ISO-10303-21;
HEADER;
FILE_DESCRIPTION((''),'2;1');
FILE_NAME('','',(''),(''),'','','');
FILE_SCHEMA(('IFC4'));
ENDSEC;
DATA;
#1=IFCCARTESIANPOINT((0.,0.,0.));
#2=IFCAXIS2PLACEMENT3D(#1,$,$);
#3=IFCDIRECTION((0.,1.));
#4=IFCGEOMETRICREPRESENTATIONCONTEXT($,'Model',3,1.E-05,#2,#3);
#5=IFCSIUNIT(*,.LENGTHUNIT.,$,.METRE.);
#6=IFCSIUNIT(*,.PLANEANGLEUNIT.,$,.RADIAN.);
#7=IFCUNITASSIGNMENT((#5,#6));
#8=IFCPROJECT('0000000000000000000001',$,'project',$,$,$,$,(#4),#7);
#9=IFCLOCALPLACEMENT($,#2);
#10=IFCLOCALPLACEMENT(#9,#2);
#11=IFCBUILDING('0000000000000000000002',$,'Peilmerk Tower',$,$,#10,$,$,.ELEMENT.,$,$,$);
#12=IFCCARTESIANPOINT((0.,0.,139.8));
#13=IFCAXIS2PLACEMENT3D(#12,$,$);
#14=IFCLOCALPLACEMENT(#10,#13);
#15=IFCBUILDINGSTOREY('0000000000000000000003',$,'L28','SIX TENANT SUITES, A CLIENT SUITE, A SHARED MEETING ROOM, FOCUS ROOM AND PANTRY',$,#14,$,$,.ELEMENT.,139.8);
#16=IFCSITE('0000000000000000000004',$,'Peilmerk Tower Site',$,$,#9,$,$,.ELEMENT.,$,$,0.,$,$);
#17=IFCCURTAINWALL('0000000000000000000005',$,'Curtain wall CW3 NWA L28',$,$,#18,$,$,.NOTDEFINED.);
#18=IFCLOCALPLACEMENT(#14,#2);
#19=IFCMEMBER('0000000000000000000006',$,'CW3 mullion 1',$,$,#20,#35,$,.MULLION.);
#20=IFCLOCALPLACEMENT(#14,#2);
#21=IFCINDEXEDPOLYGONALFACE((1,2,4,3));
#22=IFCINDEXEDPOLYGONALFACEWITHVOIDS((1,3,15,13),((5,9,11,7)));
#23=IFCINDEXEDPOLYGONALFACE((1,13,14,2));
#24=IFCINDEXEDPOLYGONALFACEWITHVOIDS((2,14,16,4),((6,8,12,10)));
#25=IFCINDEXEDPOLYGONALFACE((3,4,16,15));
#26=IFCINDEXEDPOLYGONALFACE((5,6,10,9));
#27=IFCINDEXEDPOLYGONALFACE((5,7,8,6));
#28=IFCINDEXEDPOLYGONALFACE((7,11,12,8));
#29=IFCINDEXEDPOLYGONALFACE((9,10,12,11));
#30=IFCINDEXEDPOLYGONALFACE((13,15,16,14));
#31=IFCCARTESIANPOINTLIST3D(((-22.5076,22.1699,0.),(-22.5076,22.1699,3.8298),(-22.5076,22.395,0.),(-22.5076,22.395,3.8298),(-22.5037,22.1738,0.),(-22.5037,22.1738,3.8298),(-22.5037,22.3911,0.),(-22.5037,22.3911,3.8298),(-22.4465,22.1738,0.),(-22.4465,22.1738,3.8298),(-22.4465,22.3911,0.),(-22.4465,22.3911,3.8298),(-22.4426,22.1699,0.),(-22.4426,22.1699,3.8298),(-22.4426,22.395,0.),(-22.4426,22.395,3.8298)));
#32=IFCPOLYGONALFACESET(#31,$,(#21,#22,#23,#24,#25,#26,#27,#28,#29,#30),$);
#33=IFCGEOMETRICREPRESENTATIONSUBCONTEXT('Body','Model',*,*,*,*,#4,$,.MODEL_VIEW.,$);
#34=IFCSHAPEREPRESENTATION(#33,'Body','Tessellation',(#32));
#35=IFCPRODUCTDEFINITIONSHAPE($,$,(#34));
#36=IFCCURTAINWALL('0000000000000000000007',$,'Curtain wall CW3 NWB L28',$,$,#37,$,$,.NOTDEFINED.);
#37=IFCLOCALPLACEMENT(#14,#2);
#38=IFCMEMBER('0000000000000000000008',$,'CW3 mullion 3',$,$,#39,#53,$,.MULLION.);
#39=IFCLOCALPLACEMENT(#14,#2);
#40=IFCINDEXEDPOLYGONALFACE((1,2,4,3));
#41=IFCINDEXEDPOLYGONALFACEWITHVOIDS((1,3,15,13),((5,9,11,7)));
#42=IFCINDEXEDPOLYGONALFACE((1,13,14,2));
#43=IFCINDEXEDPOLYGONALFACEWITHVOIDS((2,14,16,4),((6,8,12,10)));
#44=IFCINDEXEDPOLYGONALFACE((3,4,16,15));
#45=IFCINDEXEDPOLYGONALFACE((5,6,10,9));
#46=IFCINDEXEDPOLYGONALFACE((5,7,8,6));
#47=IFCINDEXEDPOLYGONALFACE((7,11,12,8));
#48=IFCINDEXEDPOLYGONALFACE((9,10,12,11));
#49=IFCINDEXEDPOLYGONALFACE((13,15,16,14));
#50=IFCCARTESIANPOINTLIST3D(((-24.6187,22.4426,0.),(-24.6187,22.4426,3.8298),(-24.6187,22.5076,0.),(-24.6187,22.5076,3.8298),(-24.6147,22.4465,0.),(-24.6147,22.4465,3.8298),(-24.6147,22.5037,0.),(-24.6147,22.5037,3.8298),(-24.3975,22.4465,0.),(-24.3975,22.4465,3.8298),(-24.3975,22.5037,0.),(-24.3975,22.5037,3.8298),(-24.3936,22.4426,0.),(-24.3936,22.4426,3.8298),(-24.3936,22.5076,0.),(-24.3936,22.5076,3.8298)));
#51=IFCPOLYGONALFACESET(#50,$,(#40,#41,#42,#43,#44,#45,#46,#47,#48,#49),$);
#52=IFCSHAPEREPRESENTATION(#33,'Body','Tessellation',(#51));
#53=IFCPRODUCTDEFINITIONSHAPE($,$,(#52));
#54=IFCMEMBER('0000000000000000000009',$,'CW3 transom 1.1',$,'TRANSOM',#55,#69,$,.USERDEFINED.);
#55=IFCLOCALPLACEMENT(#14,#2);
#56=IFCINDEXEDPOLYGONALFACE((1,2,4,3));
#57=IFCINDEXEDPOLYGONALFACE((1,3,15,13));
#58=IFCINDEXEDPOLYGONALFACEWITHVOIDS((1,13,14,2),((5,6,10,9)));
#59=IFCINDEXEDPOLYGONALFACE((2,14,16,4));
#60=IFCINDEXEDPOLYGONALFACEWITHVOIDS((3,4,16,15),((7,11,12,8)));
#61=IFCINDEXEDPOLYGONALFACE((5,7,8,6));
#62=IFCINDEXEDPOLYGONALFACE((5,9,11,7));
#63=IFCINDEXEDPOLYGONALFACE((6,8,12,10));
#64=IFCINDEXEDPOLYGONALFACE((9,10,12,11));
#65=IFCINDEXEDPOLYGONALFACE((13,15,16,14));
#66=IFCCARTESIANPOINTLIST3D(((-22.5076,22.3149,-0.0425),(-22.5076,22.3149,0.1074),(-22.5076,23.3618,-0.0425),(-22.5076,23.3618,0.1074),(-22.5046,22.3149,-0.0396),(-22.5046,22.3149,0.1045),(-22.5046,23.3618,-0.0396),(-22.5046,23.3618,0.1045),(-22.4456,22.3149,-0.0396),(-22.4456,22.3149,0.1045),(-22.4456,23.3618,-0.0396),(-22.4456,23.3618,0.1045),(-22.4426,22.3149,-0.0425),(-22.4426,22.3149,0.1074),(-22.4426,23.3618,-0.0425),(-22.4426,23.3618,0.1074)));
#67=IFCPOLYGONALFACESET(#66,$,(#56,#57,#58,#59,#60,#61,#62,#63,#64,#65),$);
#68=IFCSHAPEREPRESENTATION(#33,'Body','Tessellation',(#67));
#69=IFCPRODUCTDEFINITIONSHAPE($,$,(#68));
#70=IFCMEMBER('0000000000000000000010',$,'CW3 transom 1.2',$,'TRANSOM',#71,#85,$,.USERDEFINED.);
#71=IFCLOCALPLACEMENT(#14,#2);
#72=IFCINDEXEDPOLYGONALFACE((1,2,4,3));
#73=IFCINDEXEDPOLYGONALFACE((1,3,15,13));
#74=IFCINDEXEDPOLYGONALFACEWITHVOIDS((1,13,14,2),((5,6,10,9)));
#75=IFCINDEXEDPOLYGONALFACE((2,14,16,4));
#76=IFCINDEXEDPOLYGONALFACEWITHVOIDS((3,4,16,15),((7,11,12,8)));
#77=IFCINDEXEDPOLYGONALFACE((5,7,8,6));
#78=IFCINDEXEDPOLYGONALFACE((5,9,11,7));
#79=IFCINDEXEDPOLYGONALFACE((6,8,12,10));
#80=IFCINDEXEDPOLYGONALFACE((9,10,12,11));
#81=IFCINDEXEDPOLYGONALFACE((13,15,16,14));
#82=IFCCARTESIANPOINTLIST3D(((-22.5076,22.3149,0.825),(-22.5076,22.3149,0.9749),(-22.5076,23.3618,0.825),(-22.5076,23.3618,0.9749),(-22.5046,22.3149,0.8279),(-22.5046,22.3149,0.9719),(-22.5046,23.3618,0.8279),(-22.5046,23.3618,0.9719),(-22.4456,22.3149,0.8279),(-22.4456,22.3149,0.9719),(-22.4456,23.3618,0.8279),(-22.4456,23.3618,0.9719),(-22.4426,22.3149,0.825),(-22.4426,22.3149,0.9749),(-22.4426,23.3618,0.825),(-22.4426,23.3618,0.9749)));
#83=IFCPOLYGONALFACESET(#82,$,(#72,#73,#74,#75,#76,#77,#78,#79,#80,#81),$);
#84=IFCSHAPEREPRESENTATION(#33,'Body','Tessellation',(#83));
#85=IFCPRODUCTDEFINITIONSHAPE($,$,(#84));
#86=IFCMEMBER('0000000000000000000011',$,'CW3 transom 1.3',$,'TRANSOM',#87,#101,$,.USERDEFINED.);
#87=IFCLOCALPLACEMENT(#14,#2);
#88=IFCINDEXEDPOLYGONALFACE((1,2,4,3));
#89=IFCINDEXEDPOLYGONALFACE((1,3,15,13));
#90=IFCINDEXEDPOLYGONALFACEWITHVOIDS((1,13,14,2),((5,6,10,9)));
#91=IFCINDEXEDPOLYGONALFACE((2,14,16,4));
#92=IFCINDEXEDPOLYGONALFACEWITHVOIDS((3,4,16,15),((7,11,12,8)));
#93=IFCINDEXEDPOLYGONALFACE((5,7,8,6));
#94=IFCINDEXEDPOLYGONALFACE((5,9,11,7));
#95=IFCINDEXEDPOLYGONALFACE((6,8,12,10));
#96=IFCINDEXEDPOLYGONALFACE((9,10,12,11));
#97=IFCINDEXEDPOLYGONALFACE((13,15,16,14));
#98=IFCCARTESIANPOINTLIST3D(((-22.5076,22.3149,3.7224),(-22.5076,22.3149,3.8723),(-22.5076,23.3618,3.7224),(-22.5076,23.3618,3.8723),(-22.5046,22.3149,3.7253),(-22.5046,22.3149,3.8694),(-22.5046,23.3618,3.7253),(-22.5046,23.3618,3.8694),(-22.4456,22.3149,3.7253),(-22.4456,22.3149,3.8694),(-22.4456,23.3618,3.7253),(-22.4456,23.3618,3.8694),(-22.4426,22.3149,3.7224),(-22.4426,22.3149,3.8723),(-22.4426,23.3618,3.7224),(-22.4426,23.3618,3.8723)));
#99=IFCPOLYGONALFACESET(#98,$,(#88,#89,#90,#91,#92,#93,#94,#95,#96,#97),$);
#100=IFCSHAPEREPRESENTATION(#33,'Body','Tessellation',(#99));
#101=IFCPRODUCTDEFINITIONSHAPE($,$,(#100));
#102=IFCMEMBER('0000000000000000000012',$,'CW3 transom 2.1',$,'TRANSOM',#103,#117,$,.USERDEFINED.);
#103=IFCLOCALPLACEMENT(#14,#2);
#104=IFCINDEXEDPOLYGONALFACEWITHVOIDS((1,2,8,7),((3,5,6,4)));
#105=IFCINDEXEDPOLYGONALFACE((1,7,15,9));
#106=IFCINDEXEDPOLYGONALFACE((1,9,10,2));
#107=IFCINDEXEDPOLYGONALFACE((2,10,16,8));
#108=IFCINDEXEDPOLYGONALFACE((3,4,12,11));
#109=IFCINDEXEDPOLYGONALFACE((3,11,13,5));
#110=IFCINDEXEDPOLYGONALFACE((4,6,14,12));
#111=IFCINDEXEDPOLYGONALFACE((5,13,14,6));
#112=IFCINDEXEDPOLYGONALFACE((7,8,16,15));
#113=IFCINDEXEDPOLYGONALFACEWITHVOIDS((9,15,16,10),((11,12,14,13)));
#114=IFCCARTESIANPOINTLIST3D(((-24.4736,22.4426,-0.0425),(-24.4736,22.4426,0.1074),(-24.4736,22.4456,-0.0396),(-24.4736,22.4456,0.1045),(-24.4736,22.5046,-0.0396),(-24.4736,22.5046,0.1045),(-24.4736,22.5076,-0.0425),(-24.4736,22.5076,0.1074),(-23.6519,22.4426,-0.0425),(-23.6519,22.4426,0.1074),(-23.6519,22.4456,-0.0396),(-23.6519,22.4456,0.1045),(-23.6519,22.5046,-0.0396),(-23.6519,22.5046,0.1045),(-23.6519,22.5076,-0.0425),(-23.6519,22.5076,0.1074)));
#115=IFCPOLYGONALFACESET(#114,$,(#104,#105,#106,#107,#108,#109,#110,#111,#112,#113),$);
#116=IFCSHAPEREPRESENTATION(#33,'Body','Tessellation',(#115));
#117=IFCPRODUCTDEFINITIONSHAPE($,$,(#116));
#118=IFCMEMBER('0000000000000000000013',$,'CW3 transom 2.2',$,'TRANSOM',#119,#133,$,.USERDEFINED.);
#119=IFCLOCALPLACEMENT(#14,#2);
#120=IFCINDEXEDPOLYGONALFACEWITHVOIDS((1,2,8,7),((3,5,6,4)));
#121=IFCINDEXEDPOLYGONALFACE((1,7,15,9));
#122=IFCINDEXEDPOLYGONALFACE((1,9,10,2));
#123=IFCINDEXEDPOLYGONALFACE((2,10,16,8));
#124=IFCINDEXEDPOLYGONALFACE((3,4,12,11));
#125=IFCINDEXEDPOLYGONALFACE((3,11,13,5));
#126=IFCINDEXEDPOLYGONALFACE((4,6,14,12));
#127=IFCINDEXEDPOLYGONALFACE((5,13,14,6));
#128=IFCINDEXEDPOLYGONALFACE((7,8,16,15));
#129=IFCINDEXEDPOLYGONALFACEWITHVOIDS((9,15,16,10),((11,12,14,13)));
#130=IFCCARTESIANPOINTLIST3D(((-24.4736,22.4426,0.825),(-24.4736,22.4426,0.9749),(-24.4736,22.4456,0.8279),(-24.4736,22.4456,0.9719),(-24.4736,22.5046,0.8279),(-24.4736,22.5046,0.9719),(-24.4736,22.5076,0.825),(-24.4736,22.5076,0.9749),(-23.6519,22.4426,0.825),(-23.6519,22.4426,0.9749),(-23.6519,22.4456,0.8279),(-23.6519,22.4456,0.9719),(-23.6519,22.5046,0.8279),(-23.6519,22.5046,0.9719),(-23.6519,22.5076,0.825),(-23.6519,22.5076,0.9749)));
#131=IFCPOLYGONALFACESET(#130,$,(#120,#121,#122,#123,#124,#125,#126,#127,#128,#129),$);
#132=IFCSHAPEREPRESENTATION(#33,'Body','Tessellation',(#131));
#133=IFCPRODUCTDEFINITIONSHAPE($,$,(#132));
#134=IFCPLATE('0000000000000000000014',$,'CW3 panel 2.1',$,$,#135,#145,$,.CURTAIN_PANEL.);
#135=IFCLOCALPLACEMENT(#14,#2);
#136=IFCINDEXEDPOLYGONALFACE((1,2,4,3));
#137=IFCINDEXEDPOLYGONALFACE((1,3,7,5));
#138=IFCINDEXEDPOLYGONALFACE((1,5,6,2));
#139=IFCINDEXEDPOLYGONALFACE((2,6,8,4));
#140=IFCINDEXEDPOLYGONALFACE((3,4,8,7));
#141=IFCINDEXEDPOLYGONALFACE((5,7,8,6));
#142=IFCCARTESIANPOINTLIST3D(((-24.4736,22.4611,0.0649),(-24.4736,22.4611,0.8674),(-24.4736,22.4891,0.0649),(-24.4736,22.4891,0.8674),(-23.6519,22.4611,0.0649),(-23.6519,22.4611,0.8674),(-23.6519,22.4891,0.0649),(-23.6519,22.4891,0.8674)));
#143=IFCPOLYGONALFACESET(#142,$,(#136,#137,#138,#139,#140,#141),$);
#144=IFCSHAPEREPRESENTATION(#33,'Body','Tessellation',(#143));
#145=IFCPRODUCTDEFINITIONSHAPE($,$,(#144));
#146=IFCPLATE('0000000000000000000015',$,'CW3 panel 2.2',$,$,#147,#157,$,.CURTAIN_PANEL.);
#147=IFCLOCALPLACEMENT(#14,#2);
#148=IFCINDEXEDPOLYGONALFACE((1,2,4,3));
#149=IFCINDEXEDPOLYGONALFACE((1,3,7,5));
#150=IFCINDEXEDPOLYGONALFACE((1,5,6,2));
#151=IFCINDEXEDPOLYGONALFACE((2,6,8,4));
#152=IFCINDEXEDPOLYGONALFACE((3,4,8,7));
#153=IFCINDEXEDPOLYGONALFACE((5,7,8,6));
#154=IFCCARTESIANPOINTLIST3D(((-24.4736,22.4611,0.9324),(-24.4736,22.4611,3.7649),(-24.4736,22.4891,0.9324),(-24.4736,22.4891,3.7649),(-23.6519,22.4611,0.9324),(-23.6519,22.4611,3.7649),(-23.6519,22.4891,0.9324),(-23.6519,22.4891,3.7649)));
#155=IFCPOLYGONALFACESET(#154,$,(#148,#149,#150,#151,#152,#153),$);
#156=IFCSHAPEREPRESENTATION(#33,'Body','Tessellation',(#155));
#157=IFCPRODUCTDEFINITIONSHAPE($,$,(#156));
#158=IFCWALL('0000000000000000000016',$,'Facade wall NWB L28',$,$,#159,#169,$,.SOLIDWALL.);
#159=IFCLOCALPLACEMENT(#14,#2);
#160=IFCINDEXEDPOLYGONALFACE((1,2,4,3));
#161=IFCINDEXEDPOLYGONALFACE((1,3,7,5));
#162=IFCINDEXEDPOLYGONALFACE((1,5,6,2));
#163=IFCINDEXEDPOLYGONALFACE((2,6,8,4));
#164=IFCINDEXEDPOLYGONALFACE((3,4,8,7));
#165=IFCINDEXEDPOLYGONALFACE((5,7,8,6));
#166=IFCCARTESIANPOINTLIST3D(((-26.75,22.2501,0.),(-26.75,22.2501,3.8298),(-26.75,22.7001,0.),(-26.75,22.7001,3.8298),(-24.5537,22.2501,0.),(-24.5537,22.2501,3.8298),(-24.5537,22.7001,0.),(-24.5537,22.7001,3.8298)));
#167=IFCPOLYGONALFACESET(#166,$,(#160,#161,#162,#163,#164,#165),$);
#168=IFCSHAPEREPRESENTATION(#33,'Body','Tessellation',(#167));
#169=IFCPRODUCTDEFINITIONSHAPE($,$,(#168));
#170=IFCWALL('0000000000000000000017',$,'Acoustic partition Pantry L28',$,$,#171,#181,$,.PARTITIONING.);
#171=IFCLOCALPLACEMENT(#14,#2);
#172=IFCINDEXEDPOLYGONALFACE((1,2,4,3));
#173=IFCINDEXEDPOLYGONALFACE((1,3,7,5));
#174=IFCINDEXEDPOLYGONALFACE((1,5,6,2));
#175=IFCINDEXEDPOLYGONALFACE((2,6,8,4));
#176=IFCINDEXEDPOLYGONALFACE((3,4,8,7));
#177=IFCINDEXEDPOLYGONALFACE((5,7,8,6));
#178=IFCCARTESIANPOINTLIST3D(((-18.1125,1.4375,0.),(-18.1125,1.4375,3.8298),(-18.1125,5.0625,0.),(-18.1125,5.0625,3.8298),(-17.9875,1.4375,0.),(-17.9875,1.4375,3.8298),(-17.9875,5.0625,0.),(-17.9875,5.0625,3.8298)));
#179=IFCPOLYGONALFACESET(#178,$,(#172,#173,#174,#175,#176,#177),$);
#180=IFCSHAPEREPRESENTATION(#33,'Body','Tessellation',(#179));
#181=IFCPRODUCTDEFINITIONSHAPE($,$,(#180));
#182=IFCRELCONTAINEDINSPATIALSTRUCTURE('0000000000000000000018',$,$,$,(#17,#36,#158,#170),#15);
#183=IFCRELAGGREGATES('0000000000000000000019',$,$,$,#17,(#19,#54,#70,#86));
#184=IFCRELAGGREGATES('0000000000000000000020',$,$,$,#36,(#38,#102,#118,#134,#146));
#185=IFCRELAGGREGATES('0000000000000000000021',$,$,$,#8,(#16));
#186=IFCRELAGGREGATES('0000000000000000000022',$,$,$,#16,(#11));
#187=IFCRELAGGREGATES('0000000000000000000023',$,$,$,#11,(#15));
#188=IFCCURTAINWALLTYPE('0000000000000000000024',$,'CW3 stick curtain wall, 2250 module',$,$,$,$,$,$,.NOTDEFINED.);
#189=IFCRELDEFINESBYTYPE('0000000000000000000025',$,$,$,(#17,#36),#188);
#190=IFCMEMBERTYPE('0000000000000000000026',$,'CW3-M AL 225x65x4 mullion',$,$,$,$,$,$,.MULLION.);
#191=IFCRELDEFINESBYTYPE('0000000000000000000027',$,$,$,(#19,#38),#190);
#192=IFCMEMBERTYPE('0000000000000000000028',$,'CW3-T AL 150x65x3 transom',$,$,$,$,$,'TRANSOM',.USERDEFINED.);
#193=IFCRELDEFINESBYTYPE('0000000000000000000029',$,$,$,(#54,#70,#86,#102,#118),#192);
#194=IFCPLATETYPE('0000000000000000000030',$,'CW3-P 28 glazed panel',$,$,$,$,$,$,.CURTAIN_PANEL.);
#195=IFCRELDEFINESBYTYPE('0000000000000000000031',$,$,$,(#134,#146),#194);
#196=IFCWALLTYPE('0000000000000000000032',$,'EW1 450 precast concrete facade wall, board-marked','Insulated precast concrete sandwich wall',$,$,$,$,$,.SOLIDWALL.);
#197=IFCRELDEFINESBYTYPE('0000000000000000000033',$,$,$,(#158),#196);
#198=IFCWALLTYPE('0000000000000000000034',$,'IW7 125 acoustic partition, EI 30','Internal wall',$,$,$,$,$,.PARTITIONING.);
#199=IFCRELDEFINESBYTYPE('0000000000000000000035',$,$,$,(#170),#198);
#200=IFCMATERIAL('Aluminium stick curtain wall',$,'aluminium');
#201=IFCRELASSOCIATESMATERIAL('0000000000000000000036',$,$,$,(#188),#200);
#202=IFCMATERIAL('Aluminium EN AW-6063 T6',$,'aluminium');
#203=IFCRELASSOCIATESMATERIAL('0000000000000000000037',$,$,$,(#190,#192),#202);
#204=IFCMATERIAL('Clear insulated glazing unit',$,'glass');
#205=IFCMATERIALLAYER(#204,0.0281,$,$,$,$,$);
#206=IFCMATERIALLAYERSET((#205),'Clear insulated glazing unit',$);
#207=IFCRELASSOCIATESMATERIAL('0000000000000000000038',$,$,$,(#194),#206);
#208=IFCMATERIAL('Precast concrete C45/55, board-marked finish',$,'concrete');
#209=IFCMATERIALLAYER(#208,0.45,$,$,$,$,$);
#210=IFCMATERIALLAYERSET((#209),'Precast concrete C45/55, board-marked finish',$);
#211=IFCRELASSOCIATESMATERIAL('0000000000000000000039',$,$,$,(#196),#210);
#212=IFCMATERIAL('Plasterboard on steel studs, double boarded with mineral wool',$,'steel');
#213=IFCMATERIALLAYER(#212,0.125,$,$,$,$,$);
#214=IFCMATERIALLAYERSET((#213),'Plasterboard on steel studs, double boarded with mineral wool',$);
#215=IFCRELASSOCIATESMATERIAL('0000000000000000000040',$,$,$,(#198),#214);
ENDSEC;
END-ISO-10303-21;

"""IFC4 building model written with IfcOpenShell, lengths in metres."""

from ifc_helpers import new_model, si_unit, direction, frame, frame_2d, origin, origin_2d, place, context, subcontext, project, spatial, rectangle, hollow_rectangle, extrude, material, layer, layer_set, material_profile, profile_set, type_object, element, aggregate, save


model = new_model("IFC4")

# Units and contexts
model_context = context("Model", 3, precision=1e-05, world=origin(), true_north=direction((0.0, 1.0)))
body_context = subcontext(model_context, "Body", "Model", "MODEL_VIEW")
ifc_project = project(units=[si_unit("LENGTHUNIT", "METRE"), si_unit("PLANEANGLEUNIT", "RADIAN")], contexts=[model_context])

# Site, building, storey
site_placement = place(None, origin())
site = spatial("IfcSite", under=ifc_project, at=site_placement, Name="Peilmerk Tower Site", CompositionType="ELEMENT", RefElevation=0.0)
building_placement = place(site_placement, origin())
building = spatial("IfcBuilding", under=site, at=building_placement, Name="Peilmerk Tower", CompositionType="ELEMENT")
storey_placement = place(building_placement, frame((0.0, 0.0, 139.8)))
storey = spatial("IfcBuildingStorey", under=building, at=storey_placement, Name="L28", Description="SIX TENANT SUITES, A CLIENT SUITE, A SHARED MEETING ROOM, FOCUS ROOM AND PANTRY", CompositionType="ELEMENT", Elevation=139.8)

# Curtain walls, members
ifc_material_1 = material(Name="Aluminium stick curtain wall", Category="aluminium")
curtain_wall_type = type_object("IfcCurtainWallType", Name="CW3 stick curtain wall, 2250 module", PredefinedType="NOTDEFINED", material=ifc_material_1)
curtain_wall_1_placement = place(storey_placement, origin())
curtain_wall_1 = element("IfcCurtainWall", 1, at=curtain_wall_1_placement, inside=storey, type_object=curtain_wall_type, Name="Curtain wall CW3 NWA L28", PredefinedType="NOTDEFINED")
ifc_material_2 = material(Name="Aluminium EN AW-6063 T6", Category="aluminium")
ifc_material_profile_1 = material_profile(ifc_material_2, hollow_rectangle(XDim=0.0649, YDim=0.2251, WallThickness=0.0039, at=origin_2d()), Name="AL 225x65x4")
ifc_profile_set_1 = profile_set([ifc_material_profile_1], Name="Aluminium EN AW-6063 T6")
member_type_1 = type_object("IfcMemberType", Name="CW3-M AL 225x65x4 mullion", PredefinedType="MULLION", material=ifc_profile_set_1)
member_1_placement = place(storey_placement, frame((-22.4751, 22.2825, 0.0), z_axis=(0.0, 0.0, 1.0), x_axis=(-1.0, 0.0, 0.0)))
member_1 = element("IfcMember", 2, at=member_1_placement, type_object=member_type_1, Name="CW3 mullion 1", PredefinedType="MULLION", context=body_context, shape_type="SweptSolid", body=[
    extrude(hollow_rectangle(XDim=0.0649, YDim=0.2251, WallThickness=0.0039, at=origin_2d()), origin(), (0.0, 0.0, 1.0), 3.8298),
])
curtain_wall_2_placement = place(storey_placement, origin())
curtain_wall_2 = element("IfcCurtainWall", 3, at=curtain_wall_2_placement, inside=storey, type_object=curtain_wall_type, Name="Curtain wall CW3 NWB L28", PredefinedType="NOTDEFINED")
member_2_placement = place(storey_placement, frame((-24.5061, 22.4751, 0.0), z_axis=(0.0, 0.0, 1.0), x_axis=(0.0, -1.0, 0.0)))
member_2 = element("IfcMember", 4, at=member_2_placement, type_object=member_type_1, Name="CW3 mullion 3", PredefinedType="MULLION", context=body_context, shape_type="SweptSolid", body=[
    extrude(hollow_rectangle(XDim=0.0649, YDim=0.2251, WallThickness=0.0039, at=origin_2d()), origin(), (0.0, 0.0, 1.0), 3.8298),
])

# Members
ifc_material_profile_2 = material_profile(ifc_material_2, hollow_rectangle(XDim=0.0649, YDim=0.1499, WallThickness=0.0029, at=origin_2d()), Name="AL 150x65x3")
ifc_profile_set_2 = profile_set([ifc_material_profile_2], Name="Aluminium EN AW-6063 T6")
member_type_2 = type_object("IfcMemberType", Name="CW3-T AL 150x65x3 transom", ElementType="TRANSOM", PredefinedType="USERDEFINED", material=ifc_profile_set_2)
member_3_placement = place(storey_placement, frame((-22.4751, 22.3149, 0.0325), z_axis=(0.0, 1.0, 0.0), x_axis=(-1.0, 0.0, 0.0)))
member_3 = element("IfcMember", 5, at=member_3_placement, type_object=member_type_2, Name="CW3 transom 1.1", ObjectType="TRANSOM", PredefinedType="USERDEFINED", context=body_context, shape_type="SweptSolid", body=[
    extrude(hollow_rectangle(XDim=0.0649, YDim=0.1499, WallThickness=0.0029, at=origin_2d()), origin(), (0.0, 0.0, 1.0), 1.0469),
])
member_4_placement = place(storey_placement, frame((-22.4751, 22.3149, 0.8999), z_axis=(0.0, 1.0, 0.0), x_axis=(-1.0, 0.0, 0.0)))
member_4 = element("IfcMember", 6, at=member_4_placement, type_object=member_type_2, Name="CW3 transom 1.2", ObjectType="TRANSOM", PredefinedType="USERDEFINED", context=body_context, shape_type="SweptSolid", body=[
    extrude(hollow_rectangle(XDim=0.0649, YDim=0.1499, WallThickness=0.0029, at=origin_2d()), origin(), (0.0, 0.0, 1.0), 1.0469),
])
member_5_placement = place(storey_placement, frame((-22.4751, 22.3149, 3.7974), z_axis=(0.0, 1.0, 0.0), x_axis=(-1.0, 0.0, 0.0)))
member_5 = element("IfcMember", 7, at=member_5_placement, type_object=member_type_2, Name="CW3 transom 1.3", ObjectType="TRANSOM", PredefinedType="USERDEFINED", context=body_context, shape_type="SweptSolid", body=[
    extrude(hollow_rectangle(XDim=0.0649, YDim=0.1499, WallThickness=0.0029, at=origin_2d()), origin(), (0.0, 0.0, 1.0), 1.0469),
])
aggregate(curtain_wall_1, [member_1, member_3, member_4, member_5])
member_6_placement = place(storey_placement, frame((-23.6519, 22.4751, 0.0325), z_axis=(-1.0, 0.0, 0.0), x_axis=(0.0, -1.0, 0.0)))
member_6 = element("IfcMember", 8, at=member_6_placement, type_object=member_type_2, Name="CW3 transom 2.1", ObjectType="TRANSOM", PredefinedType="USERDEFINED", context=body_context, shape_type="SweptSolid", body=[
    extrude(hollow_rectangle(XDim=0.0649, YDim=0.1499, WallThickness=0.0029, at=origin_2d()), origin(), (0.0, 0.0, 1.0), 0.8218),
])
member_7_placement = place(storey_placement, frame((-23.6519, 22.4751, 0.8999), z_axis=(-1.0, 0.0, 0.0), x_axis=(0.0, -1.0, 0.0)))
member_7 = element("IfcMember", 9, at=member_7_placement, type_object=member_type_2, Name="CW3 transom 2.2", ObjectType="TRANSOM", PredefinedType="USERDEFINED", context=body_context, shape_type="SweptSolid", body=[
    extrude(hollow_rectangle(XDim=0.0649, YDim=0.1499, WallThickness=0.0029, at=origin_2d()), origin(), (0.0, 0.0, 1.0), 0.8218),
])

# Plates
ifc_material_3 = material(Name="Clear insulated glazing unit", Category="glass")
ifc_layer_1 = layer(ifc_material_3, 0.0281)
ifc_layer_set_1 = layer_set([ifc_layer_1], Name="Clear insulated glazing unit")
plate_type = type_object("IfcPlateType", Name="CW3-P 28 glazed panel", PredefinedType="CURTAIN_PANEL", material=ifc_layer_set_1)
plate_1_placement = place(storey_placement, frame((-24.0627, 22.4751, 0.0649), z_axis=(0.0, 0.0, 1.0), x_axis=(-1.0, 0.0, 0.0)))
plate_1 = element("IfcPlate", 10, at=plate_1_placement, type_object=plate_type, Name="CW3 panel 2.1", PredefinedType="CURTAIN_PANEL", context=body_context, shape_type="SweptSolid", body=[
    extrude(rectangle(XDim=0.8218, YDim=0.0281, at=origin_2d()), origin(), (0.0, 0.0, 1.0), 0.8025),
])
plate_2_placement = place(storey_placement, frame((-24.0627, 22.4751, 0.9324), z_axis=(0.0, 0.0, 1.0), x_axis=(-1.0, 0.0, 0.0)))
plate_2 = element("IfcPlate", 11, at=plate_2_placement, type_object=plate_type, Name="CW3 panel 2.2", PredefinedType="CURTAIN_PANEL", context=body_context, shape_type="SweptSolid", body=[
    extrude(rectangle(XDim=0.8218, YDim=0.0281, at=origin_2d()), origin(), (0.0, 0.0, 1.0), 2.8325),
])
aggregate(curtain_wall_2, [member_2, member_6, member_7, plate_1, plate_2])

# Walls
ifc_material_4 = material(Name="Precast concrete C45/55, board-marked finish", Category="concrete")
ifc_layer_2 = layer(ifc_material_4, 0.45)
ifc_layer_set_2 = layer_set([ifc_layer_2], Name="Precast concrete C45/55, board-marked finish")
wall_type_1 = type_object("IfcWallType", Name="EW1 450 precast concrete facade wall, board-marked", Description="Insulated precast concrete sandwich wall", PredefinedType="SOLIDWALL", material=ifc_layer_set_2)
wall_1_placement = place(storey_placement, frame((-24.5537, 22.4751, 0.0), z_axis=(0.0, 0.0, 1.0), x_axis=(-1.0, 0.0, 0.0)))
element("IfcWall", 12, at=wall_1_placement, inside=storey, type_object=wall_type_1, Name="Facade wall NWB L28", PredefinedType="SOLIDWALL", context=body_context, shape_type="SweptSolid", body=[
    extrude(rectangle(XDim=2.1963, YDim=0.45, at=frame_2d((1.0981, 0.0))), origin(), (0.0, 0.0, 1.0), 3.8298),
])
ifc_material_5 = material(Name="Plasterboard on steel studs, double boarded with mineral wool", Category="steel")
ifc_layer_3 = layer(ifc_material_5, 0.125)
ifc_layer_set_3 = layer_set([ifc_layer_3], Name="Plasterboard on steel studs, double boarded with mineral wool")
wall_type_2 = type_object("IfcWallType", Name="IW7 125 acoustic partition, EI 30", Description="Internal wall", PredefinedType="PARTITIONING", material=ifc_layer_set_3)
wall_2_placement = place(storey_placement, frame((-18.05, 1.4375, 0.0), z_axis=(0.0, 0.0, 1.0), x_axis=(0.0, 1.0, 0.0)))
element("IfcWall", 13, at=wall_2_placement, inside=storey, type_object=wall_type_2, Name="Acoustic partition Pantry L28", PredefinedType="PARTITIONING", context=body_context, shape_type="SweptSolid", body=[
    extrude(rectangle(XDim=3.625, YDim=0.125, at=frame_2d((1.8125, 0.0))), origin(), (0.0, 0.0, 1.0), 3.8298),
])

save(model, "model.ifc")
